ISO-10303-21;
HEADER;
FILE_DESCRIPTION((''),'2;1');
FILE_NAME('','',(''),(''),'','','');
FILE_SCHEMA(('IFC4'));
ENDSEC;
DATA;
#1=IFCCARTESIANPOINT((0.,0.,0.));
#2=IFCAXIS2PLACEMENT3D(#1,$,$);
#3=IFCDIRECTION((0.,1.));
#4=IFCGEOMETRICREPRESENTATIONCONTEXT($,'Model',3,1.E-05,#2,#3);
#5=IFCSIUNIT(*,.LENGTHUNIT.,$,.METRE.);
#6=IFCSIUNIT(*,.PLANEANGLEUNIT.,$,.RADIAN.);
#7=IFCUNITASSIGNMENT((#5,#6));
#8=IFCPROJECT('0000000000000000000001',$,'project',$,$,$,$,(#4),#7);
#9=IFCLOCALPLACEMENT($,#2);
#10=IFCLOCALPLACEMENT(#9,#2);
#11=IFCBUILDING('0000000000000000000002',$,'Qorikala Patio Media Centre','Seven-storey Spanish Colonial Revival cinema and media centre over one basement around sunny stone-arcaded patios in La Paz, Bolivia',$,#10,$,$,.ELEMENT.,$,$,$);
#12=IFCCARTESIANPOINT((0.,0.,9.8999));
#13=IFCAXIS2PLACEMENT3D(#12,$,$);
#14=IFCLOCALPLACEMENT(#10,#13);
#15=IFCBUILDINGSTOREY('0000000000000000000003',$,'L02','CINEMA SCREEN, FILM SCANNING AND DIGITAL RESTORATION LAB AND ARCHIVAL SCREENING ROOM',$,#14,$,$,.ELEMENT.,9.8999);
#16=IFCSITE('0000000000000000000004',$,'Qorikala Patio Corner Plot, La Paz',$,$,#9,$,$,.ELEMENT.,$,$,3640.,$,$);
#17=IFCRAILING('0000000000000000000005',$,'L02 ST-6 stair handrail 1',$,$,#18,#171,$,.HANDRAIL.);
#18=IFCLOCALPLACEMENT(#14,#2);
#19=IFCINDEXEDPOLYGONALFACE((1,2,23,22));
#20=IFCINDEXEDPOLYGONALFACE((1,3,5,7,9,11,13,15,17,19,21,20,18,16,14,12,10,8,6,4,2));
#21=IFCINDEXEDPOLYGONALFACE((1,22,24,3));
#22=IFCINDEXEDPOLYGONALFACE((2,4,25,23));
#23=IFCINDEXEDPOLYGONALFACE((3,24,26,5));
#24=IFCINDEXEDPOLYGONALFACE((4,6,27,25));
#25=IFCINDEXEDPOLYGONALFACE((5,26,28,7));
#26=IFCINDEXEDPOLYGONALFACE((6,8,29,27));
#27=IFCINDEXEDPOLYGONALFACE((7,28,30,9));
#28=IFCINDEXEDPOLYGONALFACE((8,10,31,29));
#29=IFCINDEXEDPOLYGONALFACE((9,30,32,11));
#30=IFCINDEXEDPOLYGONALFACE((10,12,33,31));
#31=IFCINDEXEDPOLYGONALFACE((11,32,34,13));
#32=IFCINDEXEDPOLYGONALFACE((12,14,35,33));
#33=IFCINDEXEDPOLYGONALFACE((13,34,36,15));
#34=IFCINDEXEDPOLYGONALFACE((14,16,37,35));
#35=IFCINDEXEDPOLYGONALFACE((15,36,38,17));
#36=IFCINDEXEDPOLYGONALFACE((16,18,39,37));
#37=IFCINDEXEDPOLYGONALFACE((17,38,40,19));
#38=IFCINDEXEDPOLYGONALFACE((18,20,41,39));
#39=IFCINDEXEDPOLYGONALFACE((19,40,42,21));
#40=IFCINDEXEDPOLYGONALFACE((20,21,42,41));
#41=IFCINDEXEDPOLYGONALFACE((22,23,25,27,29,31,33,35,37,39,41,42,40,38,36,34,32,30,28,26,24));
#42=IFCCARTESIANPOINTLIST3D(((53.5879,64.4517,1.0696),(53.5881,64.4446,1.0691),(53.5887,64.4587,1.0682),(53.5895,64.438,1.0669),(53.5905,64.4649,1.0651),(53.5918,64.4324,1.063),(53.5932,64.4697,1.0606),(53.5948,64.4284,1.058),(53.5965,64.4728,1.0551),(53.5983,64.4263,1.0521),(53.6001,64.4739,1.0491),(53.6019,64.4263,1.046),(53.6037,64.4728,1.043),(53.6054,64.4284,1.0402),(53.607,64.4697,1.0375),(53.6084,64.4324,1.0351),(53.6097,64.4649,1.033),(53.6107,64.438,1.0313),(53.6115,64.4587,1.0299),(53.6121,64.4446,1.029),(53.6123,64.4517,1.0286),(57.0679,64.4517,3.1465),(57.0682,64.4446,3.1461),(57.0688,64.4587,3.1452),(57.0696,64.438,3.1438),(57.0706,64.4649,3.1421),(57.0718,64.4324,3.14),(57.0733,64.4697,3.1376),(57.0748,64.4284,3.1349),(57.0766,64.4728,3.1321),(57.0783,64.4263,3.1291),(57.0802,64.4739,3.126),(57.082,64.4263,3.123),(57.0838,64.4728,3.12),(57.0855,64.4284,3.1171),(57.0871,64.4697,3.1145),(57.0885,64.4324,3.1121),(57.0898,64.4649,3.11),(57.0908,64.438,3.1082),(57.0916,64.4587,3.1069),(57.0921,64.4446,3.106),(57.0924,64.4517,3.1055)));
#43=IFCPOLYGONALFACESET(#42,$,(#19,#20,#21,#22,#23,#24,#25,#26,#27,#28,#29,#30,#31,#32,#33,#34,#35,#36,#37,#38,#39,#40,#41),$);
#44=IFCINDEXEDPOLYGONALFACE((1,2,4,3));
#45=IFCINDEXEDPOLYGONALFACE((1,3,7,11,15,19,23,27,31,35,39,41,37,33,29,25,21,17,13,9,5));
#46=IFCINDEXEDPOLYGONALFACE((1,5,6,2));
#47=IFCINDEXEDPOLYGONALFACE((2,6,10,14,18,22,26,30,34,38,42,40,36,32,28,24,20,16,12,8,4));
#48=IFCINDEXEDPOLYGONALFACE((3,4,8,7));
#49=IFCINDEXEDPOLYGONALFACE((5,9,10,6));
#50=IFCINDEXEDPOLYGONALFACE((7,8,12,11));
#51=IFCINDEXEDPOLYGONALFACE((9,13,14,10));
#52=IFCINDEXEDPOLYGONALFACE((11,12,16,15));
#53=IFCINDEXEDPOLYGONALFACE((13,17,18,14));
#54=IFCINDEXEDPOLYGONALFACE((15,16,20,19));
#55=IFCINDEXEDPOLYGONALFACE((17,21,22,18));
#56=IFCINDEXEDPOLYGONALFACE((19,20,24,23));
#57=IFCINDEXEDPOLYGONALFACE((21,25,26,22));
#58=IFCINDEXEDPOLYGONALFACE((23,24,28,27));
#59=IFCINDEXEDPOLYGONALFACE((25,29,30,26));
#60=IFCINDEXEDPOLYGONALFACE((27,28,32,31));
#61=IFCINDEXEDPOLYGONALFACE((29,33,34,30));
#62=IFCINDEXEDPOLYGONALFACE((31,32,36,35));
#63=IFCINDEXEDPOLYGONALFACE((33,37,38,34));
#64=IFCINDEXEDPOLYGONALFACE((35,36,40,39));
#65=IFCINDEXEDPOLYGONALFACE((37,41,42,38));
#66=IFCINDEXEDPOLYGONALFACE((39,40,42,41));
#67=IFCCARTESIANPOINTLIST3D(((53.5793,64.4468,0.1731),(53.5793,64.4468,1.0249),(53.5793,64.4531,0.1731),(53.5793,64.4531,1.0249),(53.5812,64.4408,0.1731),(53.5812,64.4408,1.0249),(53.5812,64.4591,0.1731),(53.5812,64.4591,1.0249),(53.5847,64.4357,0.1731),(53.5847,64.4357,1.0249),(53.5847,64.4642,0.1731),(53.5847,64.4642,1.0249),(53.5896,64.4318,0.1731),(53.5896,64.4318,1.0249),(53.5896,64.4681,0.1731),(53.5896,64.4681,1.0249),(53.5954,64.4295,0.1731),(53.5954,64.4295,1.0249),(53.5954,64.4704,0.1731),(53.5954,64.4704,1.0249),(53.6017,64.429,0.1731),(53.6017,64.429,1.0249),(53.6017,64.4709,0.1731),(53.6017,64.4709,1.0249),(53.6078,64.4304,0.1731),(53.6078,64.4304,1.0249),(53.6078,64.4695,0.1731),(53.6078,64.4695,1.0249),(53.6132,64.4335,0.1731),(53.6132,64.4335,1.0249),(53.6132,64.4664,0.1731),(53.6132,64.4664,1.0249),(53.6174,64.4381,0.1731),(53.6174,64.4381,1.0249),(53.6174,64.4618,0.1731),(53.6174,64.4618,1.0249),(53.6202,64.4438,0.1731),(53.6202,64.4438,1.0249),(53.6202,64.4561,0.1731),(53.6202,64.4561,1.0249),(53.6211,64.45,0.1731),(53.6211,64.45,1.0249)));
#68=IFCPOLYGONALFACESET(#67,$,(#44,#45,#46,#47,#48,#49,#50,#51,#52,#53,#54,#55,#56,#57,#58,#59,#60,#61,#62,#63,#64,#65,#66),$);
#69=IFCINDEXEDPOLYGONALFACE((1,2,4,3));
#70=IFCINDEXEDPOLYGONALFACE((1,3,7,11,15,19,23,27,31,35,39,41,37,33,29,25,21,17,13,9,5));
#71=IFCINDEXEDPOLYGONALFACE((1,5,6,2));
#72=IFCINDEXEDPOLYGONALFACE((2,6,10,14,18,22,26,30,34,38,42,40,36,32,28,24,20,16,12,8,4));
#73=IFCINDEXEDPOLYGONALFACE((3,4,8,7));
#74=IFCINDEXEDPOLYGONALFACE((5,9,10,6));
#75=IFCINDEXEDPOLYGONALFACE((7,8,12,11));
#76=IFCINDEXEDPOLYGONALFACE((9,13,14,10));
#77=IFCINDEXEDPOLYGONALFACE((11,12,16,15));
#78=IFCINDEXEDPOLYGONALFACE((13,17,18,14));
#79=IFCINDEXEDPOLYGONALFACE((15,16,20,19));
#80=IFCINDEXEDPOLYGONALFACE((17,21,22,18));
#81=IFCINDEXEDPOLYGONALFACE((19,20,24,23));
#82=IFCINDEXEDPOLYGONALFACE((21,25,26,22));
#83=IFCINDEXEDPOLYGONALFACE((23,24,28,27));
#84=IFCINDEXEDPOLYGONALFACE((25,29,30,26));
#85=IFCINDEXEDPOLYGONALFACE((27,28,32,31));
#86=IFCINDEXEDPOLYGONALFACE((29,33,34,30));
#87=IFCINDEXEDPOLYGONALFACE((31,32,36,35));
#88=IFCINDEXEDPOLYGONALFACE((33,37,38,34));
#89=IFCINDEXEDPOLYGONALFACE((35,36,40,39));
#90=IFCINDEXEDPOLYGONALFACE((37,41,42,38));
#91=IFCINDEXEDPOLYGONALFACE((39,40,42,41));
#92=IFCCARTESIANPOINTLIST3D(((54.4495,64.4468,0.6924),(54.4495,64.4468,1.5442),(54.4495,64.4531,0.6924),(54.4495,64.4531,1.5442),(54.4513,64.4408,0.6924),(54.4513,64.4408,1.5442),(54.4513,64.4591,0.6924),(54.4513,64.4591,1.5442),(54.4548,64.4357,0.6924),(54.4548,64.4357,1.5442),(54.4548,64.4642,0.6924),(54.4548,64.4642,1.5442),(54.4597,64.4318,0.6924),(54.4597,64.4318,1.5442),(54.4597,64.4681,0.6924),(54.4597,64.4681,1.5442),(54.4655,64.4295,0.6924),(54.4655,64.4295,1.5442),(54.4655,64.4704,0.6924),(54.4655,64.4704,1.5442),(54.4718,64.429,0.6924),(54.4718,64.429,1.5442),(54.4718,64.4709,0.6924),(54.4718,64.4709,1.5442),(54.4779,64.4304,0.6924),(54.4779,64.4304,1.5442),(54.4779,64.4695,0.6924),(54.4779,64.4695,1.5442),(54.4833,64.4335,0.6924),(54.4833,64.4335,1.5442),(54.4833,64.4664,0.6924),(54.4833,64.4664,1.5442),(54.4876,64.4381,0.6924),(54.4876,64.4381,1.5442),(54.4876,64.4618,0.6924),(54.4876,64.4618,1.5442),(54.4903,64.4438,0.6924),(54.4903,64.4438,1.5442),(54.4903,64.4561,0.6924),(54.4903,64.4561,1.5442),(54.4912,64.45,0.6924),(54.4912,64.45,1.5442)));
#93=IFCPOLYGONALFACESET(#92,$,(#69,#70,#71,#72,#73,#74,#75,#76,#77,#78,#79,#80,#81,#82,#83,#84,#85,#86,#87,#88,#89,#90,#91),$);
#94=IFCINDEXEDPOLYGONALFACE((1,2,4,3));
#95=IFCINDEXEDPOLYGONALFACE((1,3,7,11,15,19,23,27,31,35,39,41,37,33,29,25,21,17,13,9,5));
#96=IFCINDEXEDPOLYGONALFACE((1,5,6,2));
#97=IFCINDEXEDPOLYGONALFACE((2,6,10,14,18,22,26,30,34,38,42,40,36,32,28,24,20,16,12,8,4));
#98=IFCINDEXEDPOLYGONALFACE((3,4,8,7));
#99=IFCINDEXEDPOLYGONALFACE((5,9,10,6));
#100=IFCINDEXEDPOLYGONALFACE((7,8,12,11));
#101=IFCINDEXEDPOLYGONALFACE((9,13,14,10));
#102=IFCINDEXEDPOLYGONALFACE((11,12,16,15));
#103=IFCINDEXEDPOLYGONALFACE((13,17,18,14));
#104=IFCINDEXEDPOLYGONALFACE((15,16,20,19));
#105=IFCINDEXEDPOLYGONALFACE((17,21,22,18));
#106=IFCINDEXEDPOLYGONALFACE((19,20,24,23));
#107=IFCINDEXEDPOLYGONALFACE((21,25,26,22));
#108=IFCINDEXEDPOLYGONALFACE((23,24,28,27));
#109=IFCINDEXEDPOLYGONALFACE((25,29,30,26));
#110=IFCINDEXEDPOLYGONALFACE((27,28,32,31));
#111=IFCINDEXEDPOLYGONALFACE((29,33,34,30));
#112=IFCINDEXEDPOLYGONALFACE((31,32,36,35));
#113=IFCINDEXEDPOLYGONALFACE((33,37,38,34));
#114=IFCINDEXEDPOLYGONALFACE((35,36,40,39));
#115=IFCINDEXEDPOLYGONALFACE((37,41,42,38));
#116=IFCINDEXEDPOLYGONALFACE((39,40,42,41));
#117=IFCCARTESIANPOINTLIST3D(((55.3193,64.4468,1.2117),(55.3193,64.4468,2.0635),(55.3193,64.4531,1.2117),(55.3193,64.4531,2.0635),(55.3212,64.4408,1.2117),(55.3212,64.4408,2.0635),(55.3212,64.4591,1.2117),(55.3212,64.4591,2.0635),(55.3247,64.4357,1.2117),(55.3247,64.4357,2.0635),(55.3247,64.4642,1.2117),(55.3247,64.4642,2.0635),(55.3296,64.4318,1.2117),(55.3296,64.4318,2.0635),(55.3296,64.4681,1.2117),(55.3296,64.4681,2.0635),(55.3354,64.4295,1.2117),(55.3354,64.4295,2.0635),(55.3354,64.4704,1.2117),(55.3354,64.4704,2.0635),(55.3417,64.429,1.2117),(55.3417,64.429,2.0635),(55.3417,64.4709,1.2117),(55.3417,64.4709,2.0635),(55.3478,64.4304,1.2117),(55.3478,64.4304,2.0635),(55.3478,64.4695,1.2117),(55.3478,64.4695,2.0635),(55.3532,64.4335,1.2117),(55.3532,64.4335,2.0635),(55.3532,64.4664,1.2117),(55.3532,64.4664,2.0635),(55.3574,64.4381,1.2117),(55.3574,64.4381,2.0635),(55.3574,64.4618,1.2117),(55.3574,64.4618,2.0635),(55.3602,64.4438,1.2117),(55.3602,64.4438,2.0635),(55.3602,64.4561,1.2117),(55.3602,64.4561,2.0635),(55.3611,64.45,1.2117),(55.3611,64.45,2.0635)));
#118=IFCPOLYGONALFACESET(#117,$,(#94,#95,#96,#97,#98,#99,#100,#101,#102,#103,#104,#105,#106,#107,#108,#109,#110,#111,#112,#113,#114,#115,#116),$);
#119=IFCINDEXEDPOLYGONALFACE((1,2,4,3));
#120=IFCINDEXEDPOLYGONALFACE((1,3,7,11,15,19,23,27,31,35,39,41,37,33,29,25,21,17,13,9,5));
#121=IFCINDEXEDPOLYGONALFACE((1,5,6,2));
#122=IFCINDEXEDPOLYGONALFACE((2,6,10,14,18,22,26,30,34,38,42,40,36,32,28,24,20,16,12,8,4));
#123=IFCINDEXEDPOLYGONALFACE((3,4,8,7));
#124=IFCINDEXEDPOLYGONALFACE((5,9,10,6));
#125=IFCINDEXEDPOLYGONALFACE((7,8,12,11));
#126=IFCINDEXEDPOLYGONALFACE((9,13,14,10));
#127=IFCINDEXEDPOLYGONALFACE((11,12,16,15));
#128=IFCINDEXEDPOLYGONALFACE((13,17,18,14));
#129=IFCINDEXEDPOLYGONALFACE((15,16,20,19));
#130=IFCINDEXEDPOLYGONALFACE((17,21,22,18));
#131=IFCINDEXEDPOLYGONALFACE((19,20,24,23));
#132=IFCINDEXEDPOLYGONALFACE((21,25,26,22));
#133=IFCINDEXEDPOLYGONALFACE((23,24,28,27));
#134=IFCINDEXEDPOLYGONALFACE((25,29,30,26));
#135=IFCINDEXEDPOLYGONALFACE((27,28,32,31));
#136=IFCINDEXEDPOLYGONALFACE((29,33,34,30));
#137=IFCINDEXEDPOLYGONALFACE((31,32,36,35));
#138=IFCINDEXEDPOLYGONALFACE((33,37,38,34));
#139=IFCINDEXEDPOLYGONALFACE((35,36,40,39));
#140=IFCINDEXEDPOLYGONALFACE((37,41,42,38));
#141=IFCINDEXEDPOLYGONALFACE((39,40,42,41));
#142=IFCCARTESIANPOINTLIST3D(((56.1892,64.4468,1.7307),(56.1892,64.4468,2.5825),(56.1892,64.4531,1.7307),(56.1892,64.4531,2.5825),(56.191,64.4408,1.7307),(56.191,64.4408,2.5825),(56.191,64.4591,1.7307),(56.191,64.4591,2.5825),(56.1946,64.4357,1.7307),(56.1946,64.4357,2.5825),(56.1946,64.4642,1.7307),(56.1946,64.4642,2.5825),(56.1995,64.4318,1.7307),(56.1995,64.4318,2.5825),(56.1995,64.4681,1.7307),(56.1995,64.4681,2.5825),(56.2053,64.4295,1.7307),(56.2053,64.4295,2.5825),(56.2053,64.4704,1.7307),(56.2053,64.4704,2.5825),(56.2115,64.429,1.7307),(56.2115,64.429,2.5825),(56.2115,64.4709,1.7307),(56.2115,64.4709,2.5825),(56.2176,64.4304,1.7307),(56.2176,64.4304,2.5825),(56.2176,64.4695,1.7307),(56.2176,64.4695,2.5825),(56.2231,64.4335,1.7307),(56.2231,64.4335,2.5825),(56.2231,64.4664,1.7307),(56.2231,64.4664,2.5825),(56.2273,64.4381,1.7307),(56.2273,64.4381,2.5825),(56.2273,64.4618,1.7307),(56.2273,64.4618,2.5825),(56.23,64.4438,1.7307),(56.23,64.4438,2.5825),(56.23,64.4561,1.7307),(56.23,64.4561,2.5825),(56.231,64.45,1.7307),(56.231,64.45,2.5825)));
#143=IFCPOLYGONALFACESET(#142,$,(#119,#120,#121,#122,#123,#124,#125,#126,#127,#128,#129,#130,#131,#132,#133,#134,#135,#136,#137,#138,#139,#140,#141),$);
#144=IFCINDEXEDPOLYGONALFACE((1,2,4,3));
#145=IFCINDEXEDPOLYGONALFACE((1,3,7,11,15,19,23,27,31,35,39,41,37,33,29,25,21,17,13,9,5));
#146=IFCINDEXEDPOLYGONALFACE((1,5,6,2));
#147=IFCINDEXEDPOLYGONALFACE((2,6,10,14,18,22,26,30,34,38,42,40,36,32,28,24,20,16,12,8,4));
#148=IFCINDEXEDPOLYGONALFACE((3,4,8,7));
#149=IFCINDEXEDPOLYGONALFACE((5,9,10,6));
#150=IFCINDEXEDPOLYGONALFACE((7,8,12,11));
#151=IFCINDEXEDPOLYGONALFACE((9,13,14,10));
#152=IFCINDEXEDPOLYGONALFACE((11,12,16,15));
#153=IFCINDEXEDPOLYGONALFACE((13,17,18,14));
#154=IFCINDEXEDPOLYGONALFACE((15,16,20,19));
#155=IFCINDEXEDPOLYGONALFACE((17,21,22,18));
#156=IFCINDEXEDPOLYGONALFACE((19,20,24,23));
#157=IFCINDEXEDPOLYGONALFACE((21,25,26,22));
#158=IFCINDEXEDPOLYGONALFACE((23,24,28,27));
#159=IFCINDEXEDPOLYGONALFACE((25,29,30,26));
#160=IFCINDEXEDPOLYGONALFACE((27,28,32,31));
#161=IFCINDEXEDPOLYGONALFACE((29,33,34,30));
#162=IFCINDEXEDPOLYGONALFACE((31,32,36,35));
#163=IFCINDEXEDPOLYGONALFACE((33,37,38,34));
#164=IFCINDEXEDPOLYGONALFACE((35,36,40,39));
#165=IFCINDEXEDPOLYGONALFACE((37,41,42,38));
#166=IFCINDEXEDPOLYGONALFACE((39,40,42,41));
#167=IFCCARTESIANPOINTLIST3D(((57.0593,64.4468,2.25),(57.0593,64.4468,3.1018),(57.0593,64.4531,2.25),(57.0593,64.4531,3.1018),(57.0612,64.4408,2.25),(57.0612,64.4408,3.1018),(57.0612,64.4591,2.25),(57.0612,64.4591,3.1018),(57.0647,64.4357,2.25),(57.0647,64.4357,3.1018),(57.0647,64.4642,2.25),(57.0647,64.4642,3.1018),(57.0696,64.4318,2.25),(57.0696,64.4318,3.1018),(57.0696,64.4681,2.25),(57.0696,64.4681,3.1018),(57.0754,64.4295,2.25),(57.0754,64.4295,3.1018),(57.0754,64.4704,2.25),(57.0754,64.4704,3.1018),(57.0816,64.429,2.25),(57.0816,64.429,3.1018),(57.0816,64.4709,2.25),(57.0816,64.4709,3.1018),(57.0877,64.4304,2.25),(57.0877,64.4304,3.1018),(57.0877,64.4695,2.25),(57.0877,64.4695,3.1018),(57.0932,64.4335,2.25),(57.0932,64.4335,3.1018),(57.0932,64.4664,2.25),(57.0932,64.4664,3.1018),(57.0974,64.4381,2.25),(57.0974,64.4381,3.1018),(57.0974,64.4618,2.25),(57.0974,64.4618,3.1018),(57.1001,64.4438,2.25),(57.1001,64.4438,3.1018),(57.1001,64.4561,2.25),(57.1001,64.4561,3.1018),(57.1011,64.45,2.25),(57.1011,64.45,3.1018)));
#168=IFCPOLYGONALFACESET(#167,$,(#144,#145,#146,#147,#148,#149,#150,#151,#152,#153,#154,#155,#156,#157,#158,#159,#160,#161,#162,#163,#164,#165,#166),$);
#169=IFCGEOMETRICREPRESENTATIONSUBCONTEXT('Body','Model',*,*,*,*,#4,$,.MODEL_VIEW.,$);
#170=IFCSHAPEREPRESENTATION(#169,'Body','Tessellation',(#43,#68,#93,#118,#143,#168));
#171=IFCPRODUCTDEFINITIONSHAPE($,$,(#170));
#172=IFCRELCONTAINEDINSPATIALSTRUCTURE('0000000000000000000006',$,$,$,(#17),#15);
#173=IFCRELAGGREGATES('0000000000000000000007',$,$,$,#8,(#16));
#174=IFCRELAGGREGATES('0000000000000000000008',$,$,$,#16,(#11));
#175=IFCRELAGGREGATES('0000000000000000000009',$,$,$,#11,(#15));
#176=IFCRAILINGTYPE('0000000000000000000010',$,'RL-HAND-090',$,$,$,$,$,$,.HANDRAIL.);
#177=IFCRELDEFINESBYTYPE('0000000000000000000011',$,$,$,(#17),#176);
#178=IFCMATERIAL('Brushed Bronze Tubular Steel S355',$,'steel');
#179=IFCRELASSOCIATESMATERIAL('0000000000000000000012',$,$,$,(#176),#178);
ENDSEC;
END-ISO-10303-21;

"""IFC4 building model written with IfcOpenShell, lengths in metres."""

from ifc_helpers import new_model, si_unit, direction, frame, origin, origin_2d, place, context, subcontext, project, spatial, circle, extrude, material, type_object, element, save


model = new_model("IFC4")

# Units and contexts
model_context = context("Model", 3, precision=1e-05, world=origin(), true_north=direction((0.0, 1.0)))
body_context = subcontext(model_context, "Body", "Model", "MODEL_VIEW")
ifc_project = project(units=[si_unit("LENGTHUNIT", "METRE"), si_unit("PLANEANGLEUNIT", "RADIAN")], contexts=[model_context])

# Site, building, storey
site_placement = place(None, origin())
site = spatial("IfcSite", under=ifc_project, at=site_placement, Name="Qorikala Patio Corner Plot, La Paz", CompositionType="ELEMENT", RefElevation=3640.0)
building_placement = place(site_placement, origin())
building = spatial("IfcBuilding", under=site, at=building_placement, Name="Qorikala Patio Media Centre", Description="Seven-storey Spanish Colonial Revival cinema and media centre over one basement around sunny stone-arcaded patios in La Paz, Bolivia", CompositionType="ELEMENT")
storey_placement = place(building_placement, frame((0.0, 0.0, 9.8999)))
storey = spatial("IfcBuildingStorey", under=building, at=storey_placement, Name="L02", Description="CINEMA SCREEN, FILM SCANNING AND DIGITAL RESTORATION LAB AND ARCHIVAL SCREENING ROOM", CompositionType="ELEMENT", Elevation=9.8999)

# Railing
ifc_material_1 = material(Name="Brushed Bronze Tubular Steel S355", Category="steel")
railing_type_1 = type_object("IfcRailingType", Name="RL-HAND-090", PredefinedType="HANDRAIL", material=ifc_material_1)
railing_1_placement = place(storey_placement, frame((53.6001, 64.45, 0.1731)))
element("IfcRailing", 1, at=railing_1_placement, inside=storey, type_object=railing_type_1, Name="L02 ST-6 stair handrail 1", PredefinedType="HANDRAIL", context=body_context, shape_type="SweptSolid", body=[
    extrude(circle(Radius=0.0239, at=origin_2d()), frame((0.0, 0.0, 0.876), z_axis=(0.858697, 0.0, 0.512483), x_axis=(0.0, 1.0, 0.0)), (0.0, 0.0, 1.0), 4.0527),
    extrude(circle(Radius=0.021, at=origin_2d()), origin(), (0.0, 0.0, 1.0), 0.8518),
    extrude(circle(Radius=0.021, at=origin_2d()), frame((0.8701, 0.0, 0.5193)), (0.0, 0.0, 1.0), 0.8518),
    extrude(circle(Radius=0.021, at=origin_2d()), frame((1.74, 0.0, 1.0386)), (0.0, 0.0, 1.0), 0.8518),
    extrude(circle(Radius=0.021, at=origin_2d()), frame((2.6099, 0.0, 1.5576)), (0.0, 0.0, 1.0), 0.8518),
    extrude(circle(Radius=0.021, at=origin_2d()), frame((3.48, 0.0, 2.0769)), (0.0, 0.0, 1.0), 0.8518),
])

save(model, "model.ifc")
